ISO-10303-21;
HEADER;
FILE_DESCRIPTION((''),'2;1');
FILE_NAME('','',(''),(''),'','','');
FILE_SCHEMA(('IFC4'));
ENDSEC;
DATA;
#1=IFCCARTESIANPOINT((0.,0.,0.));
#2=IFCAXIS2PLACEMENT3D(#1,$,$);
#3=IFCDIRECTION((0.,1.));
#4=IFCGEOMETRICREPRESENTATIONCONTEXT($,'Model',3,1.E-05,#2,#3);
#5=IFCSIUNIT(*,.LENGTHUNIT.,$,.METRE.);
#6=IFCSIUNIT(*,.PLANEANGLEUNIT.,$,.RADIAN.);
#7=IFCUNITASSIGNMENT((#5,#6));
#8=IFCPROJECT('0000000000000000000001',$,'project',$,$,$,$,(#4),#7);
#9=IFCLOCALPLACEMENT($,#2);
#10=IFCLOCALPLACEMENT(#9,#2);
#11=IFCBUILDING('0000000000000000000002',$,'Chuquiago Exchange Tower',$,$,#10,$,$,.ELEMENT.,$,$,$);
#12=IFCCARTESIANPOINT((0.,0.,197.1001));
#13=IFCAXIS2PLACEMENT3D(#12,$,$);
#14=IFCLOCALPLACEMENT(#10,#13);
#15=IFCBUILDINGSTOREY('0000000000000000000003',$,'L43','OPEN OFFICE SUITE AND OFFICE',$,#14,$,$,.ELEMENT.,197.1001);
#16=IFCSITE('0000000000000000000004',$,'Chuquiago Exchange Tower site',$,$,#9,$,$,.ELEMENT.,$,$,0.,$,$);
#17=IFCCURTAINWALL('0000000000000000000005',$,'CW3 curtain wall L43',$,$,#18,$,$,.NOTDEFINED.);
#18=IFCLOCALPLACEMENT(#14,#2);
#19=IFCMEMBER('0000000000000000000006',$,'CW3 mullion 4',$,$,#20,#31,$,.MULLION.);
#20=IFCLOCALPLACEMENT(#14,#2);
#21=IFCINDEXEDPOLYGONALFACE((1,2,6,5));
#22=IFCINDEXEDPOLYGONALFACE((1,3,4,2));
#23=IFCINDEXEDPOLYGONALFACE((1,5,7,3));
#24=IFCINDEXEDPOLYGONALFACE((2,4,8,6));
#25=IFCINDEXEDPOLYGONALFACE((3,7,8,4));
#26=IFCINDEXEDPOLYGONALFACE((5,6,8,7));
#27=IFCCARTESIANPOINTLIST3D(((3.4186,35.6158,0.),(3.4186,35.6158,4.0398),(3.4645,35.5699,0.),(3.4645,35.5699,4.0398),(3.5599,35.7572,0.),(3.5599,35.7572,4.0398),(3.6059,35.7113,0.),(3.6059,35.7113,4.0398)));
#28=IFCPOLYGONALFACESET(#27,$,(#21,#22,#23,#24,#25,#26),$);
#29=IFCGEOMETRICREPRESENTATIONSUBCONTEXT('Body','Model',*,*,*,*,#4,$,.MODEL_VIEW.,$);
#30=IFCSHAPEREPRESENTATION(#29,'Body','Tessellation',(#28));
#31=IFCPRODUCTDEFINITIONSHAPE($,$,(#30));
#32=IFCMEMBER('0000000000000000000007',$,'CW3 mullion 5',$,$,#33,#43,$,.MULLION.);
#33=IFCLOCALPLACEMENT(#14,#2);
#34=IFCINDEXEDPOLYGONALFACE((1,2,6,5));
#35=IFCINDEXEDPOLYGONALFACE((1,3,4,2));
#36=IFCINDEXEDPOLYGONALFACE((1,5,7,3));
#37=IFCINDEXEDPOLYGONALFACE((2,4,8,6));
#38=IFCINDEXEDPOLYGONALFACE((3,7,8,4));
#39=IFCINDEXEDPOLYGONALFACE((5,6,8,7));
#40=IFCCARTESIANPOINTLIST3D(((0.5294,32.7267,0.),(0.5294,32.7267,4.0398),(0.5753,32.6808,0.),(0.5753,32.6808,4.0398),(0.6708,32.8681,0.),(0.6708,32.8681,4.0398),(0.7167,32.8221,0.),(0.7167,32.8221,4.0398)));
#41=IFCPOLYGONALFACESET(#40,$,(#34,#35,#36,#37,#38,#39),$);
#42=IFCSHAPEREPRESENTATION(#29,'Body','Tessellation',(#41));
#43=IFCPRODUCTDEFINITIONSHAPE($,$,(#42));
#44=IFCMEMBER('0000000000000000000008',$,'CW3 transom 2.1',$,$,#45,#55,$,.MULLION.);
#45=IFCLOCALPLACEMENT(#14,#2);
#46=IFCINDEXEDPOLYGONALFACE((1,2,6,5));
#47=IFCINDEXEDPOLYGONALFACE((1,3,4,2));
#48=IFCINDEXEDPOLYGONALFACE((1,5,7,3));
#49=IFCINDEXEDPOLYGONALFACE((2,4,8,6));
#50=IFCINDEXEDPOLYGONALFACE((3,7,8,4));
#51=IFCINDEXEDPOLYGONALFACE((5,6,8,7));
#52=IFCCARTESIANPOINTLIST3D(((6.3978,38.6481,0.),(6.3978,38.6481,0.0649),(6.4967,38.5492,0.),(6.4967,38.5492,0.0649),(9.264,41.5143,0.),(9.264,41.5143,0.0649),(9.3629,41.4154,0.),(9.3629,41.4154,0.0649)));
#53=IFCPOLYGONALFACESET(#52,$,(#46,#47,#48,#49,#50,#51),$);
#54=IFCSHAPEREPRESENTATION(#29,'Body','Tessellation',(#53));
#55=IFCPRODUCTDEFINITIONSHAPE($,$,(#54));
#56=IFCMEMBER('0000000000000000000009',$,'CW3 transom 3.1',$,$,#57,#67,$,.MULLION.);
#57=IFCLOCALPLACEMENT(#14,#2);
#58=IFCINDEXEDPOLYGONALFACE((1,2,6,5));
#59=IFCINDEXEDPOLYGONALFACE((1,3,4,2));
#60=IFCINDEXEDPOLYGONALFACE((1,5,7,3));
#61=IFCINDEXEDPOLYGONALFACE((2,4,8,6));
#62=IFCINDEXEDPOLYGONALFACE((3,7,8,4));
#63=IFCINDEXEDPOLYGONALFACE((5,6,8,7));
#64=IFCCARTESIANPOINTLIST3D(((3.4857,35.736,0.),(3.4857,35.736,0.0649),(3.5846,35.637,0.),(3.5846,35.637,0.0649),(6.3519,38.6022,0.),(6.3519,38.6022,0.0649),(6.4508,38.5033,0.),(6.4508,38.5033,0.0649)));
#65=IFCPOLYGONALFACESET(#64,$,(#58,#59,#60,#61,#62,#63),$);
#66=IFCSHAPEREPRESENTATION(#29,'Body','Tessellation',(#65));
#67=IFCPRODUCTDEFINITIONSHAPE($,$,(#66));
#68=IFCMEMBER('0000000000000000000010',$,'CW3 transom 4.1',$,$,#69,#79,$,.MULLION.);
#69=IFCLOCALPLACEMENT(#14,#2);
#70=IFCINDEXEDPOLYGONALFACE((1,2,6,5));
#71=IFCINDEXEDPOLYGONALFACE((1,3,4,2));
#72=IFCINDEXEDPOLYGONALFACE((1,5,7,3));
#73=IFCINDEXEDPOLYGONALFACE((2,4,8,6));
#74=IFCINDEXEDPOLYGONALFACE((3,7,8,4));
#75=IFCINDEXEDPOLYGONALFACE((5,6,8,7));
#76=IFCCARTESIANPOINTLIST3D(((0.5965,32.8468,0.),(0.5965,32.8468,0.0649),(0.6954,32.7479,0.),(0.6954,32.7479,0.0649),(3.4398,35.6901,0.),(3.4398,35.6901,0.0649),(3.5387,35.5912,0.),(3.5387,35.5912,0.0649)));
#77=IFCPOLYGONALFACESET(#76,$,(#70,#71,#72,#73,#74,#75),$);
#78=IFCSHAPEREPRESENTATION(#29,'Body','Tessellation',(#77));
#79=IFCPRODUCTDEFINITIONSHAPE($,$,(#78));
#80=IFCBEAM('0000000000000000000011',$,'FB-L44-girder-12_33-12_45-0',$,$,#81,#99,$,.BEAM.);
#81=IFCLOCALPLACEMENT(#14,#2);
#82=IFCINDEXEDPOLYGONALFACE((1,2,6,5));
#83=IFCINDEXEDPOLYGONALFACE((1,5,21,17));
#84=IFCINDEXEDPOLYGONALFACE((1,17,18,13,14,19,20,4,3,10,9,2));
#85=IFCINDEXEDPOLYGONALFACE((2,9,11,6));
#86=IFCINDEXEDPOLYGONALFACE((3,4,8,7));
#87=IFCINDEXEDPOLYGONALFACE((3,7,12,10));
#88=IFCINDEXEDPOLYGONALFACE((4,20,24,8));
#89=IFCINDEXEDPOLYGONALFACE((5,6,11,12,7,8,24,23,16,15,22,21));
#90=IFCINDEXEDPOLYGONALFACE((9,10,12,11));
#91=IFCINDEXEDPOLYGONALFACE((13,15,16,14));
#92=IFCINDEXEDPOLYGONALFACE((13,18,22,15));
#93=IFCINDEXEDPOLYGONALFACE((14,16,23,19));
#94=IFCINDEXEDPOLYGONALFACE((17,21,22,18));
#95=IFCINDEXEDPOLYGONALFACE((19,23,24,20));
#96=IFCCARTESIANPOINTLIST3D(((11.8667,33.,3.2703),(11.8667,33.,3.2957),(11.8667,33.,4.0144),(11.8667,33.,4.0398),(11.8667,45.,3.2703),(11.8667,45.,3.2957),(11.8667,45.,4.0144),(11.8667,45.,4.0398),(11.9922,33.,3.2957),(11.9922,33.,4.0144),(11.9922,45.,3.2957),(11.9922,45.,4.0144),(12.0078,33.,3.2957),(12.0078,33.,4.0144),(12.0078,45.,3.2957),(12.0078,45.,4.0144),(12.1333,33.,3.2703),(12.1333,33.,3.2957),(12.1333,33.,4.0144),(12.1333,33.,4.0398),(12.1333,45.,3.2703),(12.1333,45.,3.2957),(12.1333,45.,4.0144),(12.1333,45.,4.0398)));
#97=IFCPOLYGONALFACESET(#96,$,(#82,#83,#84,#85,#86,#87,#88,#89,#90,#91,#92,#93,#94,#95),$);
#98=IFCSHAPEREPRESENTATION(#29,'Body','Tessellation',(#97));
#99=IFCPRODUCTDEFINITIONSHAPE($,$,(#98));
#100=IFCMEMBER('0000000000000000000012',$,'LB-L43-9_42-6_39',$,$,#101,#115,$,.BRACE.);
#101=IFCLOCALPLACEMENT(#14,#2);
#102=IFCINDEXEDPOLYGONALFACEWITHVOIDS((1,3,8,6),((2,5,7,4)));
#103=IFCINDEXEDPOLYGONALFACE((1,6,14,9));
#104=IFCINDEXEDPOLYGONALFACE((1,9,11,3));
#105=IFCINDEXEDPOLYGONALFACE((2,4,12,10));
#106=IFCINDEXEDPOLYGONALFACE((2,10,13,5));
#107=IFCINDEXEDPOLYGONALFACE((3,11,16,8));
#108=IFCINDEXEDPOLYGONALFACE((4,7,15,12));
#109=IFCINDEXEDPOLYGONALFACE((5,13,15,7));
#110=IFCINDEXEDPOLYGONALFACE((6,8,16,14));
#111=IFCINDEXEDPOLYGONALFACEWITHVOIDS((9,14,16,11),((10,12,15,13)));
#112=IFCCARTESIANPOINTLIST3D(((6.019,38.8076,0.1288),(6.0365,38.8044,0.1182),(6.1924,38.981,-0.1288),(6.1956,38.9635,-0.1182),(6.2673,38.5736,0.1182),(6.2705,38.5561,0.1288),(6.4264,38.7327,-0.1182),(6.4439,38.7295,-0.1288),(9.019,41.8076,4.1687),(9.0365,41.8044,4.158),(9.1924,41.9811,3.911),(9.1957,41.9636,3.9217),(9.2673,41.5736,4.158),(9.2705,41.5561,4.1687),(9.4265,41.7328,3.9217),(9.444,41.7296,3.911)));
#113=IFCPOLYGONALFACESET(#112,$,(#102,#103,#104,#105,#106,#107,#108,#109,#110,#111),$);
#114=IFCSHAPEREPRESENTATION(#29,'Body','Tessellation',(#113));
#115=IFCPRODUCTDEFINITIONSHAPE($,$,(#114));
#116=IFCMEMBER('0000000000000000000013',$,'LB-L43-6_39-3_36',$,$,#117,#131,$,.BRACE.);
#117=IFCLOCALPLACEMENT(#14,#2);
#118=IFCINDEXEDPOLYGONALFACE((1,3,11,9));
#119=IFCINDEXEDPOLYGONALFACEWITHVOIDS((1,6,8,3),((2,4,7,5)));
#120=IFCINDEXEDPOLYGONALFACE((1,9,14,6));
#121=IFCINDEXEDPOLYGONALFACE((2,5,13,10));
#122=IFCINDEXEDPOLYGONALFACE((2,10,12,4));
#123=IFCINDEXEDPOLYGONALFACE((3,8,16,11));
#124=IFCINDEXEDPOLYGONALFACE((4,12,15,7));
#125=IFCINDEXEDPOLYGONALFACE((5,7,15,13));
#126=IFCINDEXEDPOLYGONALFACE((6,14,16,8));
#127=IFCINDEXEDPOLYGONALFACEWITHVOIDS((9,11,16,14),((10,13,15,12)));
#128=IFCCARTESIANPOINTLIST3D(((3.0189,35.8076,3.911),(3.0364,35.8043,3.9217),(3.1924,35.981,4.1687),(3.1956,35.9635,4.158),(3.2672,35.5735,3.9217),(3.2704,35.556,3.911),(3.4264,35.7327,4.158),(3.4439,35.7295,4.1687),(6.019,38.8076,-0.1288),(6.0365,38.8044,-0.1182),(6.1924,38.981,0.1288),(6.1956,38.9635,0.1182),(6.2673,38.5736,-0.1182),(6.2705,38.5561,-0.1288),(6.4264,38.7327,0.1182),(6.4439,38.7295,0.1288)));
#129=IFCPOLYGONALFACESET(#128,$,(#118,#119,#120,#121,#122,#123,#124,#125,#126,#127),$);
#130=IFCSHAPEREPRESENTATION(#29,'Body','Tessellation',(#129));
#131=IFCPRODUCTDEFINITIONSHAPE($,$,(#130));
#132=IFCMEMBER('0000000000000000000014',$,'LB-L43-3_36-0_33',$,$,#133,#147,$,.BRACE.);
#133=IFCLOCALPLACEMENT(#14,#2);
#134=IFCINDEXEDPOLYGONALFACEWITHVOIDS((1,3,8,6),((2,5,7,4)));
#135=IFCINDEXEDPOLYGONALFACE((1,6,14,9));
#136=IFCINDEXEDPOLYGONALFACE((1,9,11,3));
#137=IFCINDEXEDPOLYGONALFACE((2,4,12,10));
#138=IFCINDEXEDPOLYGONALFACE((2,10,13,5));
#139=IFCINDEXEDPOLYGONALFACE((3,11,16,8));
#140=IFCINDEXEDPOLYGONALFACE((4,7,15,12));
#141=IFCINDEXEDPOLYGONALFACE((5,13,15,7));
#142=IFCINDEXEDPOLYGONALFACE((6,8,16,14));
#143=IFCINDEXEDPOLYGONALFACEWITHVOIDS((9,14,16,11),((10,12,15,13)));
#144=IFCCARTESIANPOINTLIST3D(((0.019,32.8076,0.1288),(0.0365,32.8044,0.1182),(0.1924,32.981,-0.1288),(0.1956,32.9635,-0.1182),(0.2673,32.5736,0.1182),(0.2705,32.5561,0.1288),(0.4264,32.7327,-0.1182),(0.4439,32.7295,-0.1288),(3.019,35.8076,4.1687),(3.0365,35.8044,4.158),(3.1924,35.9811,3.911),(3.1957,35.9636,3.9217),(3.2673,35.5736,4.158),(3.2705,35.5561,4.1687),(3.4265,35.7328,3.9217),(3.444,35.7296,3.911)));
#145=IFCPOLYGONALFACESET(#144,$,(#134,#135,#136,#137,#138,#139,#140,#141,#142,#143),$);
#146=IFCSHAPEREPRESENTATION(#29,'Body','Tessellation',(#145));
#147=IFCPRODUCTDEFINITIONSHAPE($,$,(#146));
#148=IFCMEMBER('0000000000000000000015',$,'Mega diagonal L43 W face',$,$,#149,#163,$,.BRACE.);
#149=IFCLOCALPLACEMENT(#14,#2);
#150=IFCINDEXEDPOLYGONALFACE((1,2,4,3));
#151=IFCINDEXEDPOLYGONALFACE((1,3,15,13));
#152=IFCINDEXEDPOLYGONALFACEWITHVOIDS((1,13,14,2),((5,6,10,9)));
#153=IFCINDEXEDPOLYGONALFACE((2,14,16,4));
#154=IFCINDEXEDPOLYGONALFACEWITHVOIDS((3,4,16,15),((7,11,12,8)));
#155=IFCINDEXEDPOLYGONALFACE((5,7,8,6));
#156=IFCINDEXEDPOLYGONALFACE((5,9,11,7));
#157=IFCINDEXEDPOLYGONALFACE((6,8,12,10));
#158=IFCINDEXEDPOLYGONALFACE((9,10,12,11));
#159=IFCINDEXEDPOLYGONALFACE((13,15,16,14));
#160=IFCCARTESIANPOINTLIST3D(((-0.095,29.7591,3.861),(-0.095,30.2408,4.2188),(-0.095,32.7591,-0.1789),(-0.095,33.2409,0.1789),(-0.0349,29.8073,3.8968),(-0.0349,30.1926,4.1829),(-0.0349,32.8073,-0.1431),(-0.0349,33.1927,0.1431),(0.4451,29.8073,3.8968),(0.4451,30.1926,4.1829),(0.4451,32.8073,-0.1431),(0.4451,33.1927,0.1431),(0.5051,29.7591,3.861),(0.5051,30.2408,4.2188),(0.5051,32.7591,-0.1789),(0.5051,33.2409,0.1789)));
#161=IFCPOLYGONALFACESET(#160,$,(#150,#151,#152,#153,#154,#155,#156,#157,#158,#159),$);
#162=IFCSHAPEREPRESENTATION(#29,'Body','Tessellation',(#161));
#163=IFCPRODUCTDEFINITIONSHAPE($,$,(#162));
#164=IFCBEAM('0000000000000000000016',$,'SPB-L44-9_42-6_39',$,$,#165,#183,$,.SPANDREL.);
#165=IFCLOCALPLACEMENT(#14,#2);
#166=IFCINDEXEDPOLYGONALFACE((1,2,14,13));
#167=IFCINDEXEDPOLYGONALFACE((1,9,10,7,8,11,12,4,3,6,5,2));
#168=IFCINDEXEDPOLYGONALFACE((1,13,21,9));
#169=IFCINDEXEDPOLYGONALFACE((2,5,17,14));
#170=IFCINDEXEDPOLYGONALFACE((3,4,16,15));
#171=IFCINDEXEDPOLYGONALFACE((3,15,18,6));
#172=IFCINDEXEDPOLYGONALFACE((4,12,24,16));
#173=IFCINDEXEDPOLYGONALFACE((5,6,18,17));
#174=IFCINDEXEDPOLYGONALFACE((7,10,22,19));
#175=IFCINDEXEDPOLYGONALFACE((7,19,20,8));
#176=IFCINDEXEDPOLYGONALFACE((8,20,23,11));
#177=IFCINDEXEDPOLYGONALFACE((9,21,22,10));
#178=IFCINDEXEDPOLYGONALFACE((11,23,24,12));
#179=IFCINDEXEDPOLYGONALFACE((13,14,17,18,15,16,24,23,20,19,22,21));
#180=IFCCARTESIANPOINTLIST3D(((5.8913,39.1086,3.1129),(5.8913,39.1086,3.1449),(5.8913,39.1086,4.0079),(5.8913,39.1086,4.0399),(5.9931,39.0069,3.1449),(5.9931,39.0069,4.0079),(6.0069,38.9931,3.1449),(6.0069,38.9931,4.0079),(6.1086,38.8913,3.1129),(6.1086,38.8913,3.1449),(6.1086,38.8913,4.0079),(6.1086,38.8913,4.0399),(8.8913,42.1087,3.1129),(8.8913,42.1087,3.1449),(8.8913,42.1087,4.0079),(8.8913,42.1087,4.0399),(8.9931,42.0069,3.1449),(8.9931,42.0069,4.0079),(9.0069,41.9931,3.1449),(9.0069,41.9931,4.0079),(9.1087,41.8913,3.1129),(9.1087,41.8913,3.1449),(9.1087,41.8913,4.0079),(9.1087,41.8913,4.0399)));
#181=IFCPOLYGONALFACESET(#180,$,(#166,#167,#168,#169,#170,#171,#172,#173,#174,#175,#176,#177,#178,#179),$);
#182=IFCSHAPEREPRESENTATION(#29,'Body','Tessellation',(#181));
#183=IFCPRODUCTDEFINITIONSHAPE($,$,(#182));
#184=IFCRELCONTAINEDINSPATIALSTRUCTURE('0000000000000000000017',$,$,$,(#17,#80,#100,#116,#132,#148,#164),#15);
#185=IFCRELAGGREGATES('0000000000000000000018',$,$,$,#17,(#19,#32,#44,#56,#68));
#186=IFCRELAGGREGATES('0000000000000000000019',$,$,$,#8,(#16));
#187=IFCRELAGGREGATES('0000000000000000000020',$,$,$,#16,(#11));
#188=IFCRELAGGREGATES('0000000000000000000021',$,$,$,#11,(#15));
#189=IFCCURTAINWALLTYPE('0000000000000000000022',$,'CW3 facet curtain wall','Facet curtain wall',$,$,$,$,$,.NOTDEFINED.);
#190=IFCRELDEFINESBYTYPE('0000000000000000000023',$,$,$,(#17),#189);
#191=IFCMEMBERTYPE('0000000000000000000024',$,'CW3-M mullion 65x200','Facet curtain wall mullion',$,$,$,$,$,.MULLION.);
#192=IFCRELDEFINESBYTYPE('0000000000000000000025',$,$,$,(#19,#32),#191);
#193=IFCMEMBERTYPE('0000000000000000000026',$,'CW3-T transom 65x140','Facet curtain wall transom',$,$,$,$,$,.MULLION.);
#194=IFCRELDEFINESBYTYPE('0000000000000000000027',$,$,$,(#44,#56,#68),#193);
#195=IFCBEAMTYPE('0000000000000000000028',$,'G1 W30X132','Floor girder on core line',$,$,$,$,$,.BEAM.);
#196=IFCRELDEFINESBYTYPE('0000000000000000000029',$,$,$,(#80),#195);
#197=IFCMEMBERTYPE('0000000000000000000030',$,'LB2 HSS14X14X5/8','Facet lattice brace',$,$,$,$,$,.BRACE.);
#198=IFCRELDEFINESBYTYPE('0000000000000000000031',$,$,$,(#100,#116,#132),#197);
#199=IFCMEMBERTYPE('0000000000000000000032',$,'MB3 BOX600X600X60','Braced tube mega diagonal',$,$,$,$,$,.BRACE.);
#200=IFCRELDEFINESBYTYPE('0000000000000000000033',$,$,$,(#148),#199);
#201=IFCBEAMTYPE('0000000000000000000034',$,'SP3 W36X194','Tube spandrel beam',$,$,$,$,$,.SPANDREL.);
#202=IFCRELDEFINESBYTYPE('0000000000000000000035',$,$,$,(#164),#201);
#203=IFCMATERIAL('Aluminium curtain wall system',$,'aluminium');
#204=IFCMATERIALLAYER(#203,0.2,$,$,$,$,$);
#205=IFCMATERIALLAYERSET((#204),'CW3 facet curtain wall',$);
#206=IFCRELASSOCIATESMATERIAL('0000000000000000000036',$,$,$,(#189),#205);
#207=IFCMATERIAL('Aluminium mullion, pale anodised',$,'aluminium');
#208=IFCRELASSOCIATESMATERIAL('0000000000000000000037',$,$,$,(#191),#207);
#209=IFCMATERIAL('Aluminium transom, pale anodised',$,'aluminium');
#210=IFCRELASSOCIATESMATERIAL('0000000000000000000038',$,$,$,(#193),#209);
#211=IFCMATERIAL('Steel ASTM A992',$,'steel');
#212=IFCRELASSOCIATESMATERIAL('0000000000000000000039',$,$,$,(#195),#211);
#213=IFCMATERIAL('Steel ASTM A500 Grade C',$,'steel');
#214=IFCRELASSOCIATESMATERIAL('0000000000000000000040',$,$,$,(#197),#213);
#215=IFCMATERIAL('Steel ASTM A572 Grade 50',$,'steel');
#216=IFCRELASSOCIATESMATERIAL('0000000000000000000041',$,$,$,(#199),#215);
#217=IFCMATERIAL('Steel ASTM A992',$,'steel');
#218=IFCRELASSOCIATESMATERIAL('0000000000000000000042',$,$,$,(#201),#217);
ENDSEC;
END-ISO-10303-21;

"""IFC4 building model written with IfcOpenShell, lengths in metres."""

from ifc_helpers import new_model, si_unit, direction, frame, origin, origin_2d, place, context, subcontext, project, spatial, rectangle, hollow_rectangle, i_section, extrude, material, layer, layer_set, material_profile, profile_set, type_object, element, aggregate, save


model = new_model("IFC4")

# Units and contexts
model_context = context("Model", 3, precision=1e-05, world=origin(), true_north=direction((0.0, 1.0)))
body_context = subcontext(model_context, "Body", "Model", "MODEL_VIEW")
ifc_project = project(units=[si_unit("LENGTHUNIT", "METRE"), si_unit("PLANEANGLEUNIT", "RADIAN")], contexts=[model_context])

# Site, building, storey
site_placement = place(None, origin())
site = spatial("IfcSite", under=ifc_project, at=site_placement, Name="Chuquiago Exchange Tower site", CompositionType="ELEMENT", RefElevation=0.0)
building_placement = place(site_placement, origin())
building = spatial("IfcBuilding", under=site, at=building_placement, Name="Chuquiago Exchange Tower", CompositionType="ELEMENT")
storey_placement = place(building_placement, frame((0.0, 0.0, 197.1001)))
storey = spatial("IfcBuildingStorey", under=building, at=storey_placement, Name="L43", Description="OPEN OFFICE SUITE AND OFFICE", CompositionType="ELEMENT", Elevation=197.1001)

# Curtain wall, members
ifc_material_1 = material(Name="Aluminium curtain wall system", Category="aluminium")
ifc_layer_1 = layer(ifc_material_1, 0.2)
ifc_layer_set_1 = layer_set([ifc_layer_1], Name="CW3 facet curtain wall")
curtain_wall_type_1 = type_object("IfcCurtainWallType", Name="CW3 facet curtain wall", Description="Facet curtain wall", PredefinedType="NOTDEFINED", material=ifc_layer_set_1)
curtain_wall_1_placement = place(storey_placement, origin())
curtain_wall_1 = element("IfcCurtainWall", 1, at=curtain_wall_1_placement, inside=storey, type_object=curtain_wall_type_1, Name="CW3 curtain wall L43", PredefinedType="NOTDEFINED")
ifc_material_2 = material(Name="Aluminium mullion, pale anodised", Category="aluminium")
ifc_material_profile_1 = material_profile(ifc_material_2, rectangle(XDim=0.0649, YDim=0.2, at=origin_2d()), Name="AL 65x200")
ifc_profile_set_1 = profile_set([ifc_material_profile_1], Name="Aluminium mullion, pale anodised")
member_type_1 = type_object("IfcMemberType", Name="CW3-M mullion 65x200", Description="Facet curtain wall mullion", PredefinedType="MULLION", material=ifc_profile_set_1)
member_1_placement = place(storey_placement, frame((3.5122, 35.6636, 0.0), z_axis=(0.0, 0.0, 1.0), x_axis=(0.707107, -0.707107, 0.0)))
member_1 = element("IfcMember", 2, at=member_1_placement, type_object=member_type_1, Name="CW3 mullion 4", PredefinedType="MULLION", context=body_context, shape_type="SweptSolid", body=[
    extrude(rectangle(XDim=0.0649, YDim=0.2, at=origin_2d()), origin(), (0.0, 0.0, 1.0), 4.0398),
])
member_2_placement = place(storey_placement, frame((0.623, 32.7744, 0.0), z_axis=(0.0, 0.0, 1.0), x_axis=(0.707107, -0.707107, 0.0)))
member_2 = element("IfcMember", 3, at=member_2_placement, type_object=member_type_1, Name="CW3 mullion 5", PredefinedType="MULLION", context=body_context, shape_type="SweptSolid", body=[
    extrude(rectangle(XDim=0.0649, YDim=0.2, at=origin_2d()), origin(), (0.0, 0.0, 1.0), 4.0398),
])
ifc_material_3 = material(Name="Aluminium transom, pale anodised", Category="aluminium")
ifc_material_profile_2 = material_profile(ifc_material_3, rectangle(XDim=0.1399, YDim=0.0649, at=origin_2d()), Name="AL 140x65")
ifc_profile_set_2 = profile_set([ifc_material_profile_2], Name="Aluminium transom, pale anodised")
member_type_2 = type_object("IfcMemberType", Name="CW3-T transom 65x140", Description="Facet curtain wall transom", PredefinedType="MULLION", material=ifc_profile_set_2)
member_3_placement = place(storey_placement, frame((9.3135, 41.4648, 0.0325), z_axis=(-0.707107, -0.707107, 0.0), x_axis=(0.707107, -0.707107, 0.0)))
member_3 = element("IfcMember", 4, at=member_3_placement, type_object=member_type_2, Name="CW3 transom 2.1", PredefinedType="MULLION", context=body_context, shape_type="SweptSolid", body=[
    extrude(rectangle(XDim=0.1399, YDim=0.0649, at=origin_2d()), origin(), (0.0, 0.0, 1.0), 4.0535),
])
member_4_placement = place(storey_placement, frame((6.4014, 38.5527, 0.0325), z_axis=(-0.707107, -0.707107, 0.0), x_axis=(0.707107, -0.707107, 0.0)))
member_4 = element("IfcMember", 5, at=member_4_placement, type_object=member_type_2, Name="CW3 transom 3.1", PredefinedType="MULLION", context=body_context, shape_type="SweptSolid", body=[
    extrude(rectangle(XDim=0.1399, YDim=0.0649, at=origin_2d()), origin(), (0.0, 0.0, 1.0), 4.0535),
])
member_5_placement = place(storey_placement, frame((3.4893, 35.6406, 0.0325), z_axis=(-0.707107, -0.707107, 0.0), x_axis=(0.707107, -0.707107, 0.0)))
member_5 = element("IfcMember", 6, at=member_5_placement, type_object=member_type_2, Name="CW3 transom 4.1", PredefinedType="MULLION", context=body_context, shape_type="SweptSolid", body=[
    extrude(rectangle(XDim=0.1399, YDim=0.0649, at=origin_2d()), origin(), (0.0, 0.0, 1.0), 4.021),
])

# Beam
ifc_material_4 = material(Name="Steel ASTM A992", Category="steel")
ifc_material_profile_3 = material_profile(ifc_material_4, i_section(OverallWidth=0.2666, OverallDepth=0.7695, WebThickness=0.0156, FlangeThickness=0.0254, at=origin_2d()), Name="W30X132")
ifc_profile_set_3 = profile_set([ifc_material_profile_3], Name="Steel ASTM A992")
beam_type_1 = type_object("IfcBeamType", Name="G1 W30X132", Description="Floor girder on core line", PredefinedType="BEAM", material=ifc_profile_set_3)
beam_1_placement = place(storey_placement, frame((12.0, 33.0, 3.655), z_axis=(0.0, 1.0, 0.0), x_axis=(-1.0, 0.0, 0.0)))
element("IfcBeam", 7, at=beam_1_placement, inside=storey, type_object=beam_type_1, Name="FB-L44-girder-12_33-12_45-0", PredefinedType="BEAM", context=body_context, shape_type="SweptSolid", body=[
    extrude(i_section(OverallWidth=0.2666, OverallDepth=0.7695, WebThickness=0.0156, FlangeThickness=0.0254, at=origin_2d()), origin(), (0.0, 0.0, 1.0), 12.0),
])

# Members
ifc_material_5 = material(Name="Steel ASTM A500 Grade C", Category="steel")
ifc_material_profile_4 = material_profile(ifc_material_5, hollow_rectangle(XDim=0.3557, YDim=0.3557, WallThickness=0.0146, at=origin_2d()), Name="HSS14X14X5/8")
ifc_profile_set_4 = profile_set([ifc_material_profile_4], Name="Steel ASTM A500 Grade C")
member_type_3 = type_object("IfcMemberType", Name="LB2 HSS14X14X5/8", Description="Facet lattice brace", PredefinedType="BRACE", material=ifc_profile_set_4)
for number, where, z_axis, x_axis, name in (
    (8, (6.2314, 38.7686, 0.0), (0.512092, 0.512092, 0.689582), (-0.707107, 0.707107, 0.0), "LB-L43-9_42-6_39"),
    (9, (6.2314, 38.7686, 0.0), (-0.512092, -0.512092, 0.689582), (0.707107, -0.707107, 0.0), "LB-L43-6_39-3_36"),
    (10, (0.2314, 32.7686, 0.0), (0.512092, 0.512092, 0.689582), (-0.707107, 0.707107, 0.0), "LB-L43-3_36-0_33"),
):
    element("IfcMember", number, at=place(storey_placement, frame(where, z_axis=z_axis, x_axis=x_axis)), inside=storey, type_object=member_type_3, Name=name, PredefinedType="BRACE", context=body_context, shape_type="SweptSolid", body=[
        extrude(hollow_rectangle(XDim=0.3557, YDim=0.3557, WallThickness=0.0146, at=origin_2d()), origin(), (0.0, 0.0, 1.0), 5.8584),
    ])
ifc_material_6 = material(Name="Steel ASTM A572 Grade 50", Category="steel")
ifc_material_profile_5 = material_profile(ifc_material_6, hollow_rectangle(XDim=0.6001, YDim=0.6001, WallThickness=0.0601, at=origin_2d()), Name="BOX600X600X60")
ifc_profile_set_5 = profile_set([ifc_material_profile_5], Name="Steel ASTM A572 Grade 50")
member_type_4 = type_object("IfcMemberType", Name="MB3 BOX600X600X60", Description="Braced tube mega diagonal", PredefinedType="BRACE", material=ifc_profile_set_5)
member_6_placement = place(storey_placement, frame((0.2051, 33.0, 0.0), z_axis=(0.0, -0.596197, 0.802838), x_axis=(1.0, 0.0, 0.0)))
element("IfcMember", 11, at=member_6_placement, inside=storey, type_object=member_type_4, Name="Mega diagonal L43 W face", PredefinedType="BRACE", context=body_context, shape_type="SweptSolid", body=[
    extrude(hollow_rectangle(XDim=0.6001, YDim=0.6001, WallThickness=0.0601, at=origin_2d()), origin(), (0.0, 0.0, 1.0), 5.032),
])

# Beam
ifc_material_7 = material(Name="Steel ASTM A992", Category="steel")
ifc_material_profile_6 = material_profile(ifc_material_7, i_section(OverallWidth=0.3074, OverallDepth=0.927, WebThickness=0.0195, FlangeThickness=0.032, at=origin_2d()), Name="W36X194")
ifc_profile_set_6 = profile_set([ifc_material_profile_6], Name="Steel ASTM A992")
beam_type_2 = type_object("IfcBeamType", Name="SP3 W36X194", Description="Tube spandrel beam", PredefinedType="SPANDREL", material=ifc_profile_set_6)
for number, where, z_axis, x_axis, name in (
    (12, (9.0, 42.0, 3.5764), (-0.707107, -0.707107, 0.0), (0.707107, -0.707107, 0.0), "SPB-L44-9_42-6_39"),
):
    element("IfcBeam", number, at=place(storey_placement, frame(where, z_axis=z_axis, x_axis=x_axis)), inside=storey, type_object=beam_type_2, Name=name, PredefinedType="SPANDREL", context=body_context, shape_type="SweptSolid", body=[
        extrude(i_section(OverallWidth=0.3074, OverallDepth=0.927, WebThickness=0.0195, FlangeThickness=0.032, at=origin_2d()), origin(), (0.0, 0.0, 1.0), 4.2427),
    ])

aggregate(curtain_wall_1, [member_1, member_2, member_3, member_4, member_5])

save(model, "model.ifc")
